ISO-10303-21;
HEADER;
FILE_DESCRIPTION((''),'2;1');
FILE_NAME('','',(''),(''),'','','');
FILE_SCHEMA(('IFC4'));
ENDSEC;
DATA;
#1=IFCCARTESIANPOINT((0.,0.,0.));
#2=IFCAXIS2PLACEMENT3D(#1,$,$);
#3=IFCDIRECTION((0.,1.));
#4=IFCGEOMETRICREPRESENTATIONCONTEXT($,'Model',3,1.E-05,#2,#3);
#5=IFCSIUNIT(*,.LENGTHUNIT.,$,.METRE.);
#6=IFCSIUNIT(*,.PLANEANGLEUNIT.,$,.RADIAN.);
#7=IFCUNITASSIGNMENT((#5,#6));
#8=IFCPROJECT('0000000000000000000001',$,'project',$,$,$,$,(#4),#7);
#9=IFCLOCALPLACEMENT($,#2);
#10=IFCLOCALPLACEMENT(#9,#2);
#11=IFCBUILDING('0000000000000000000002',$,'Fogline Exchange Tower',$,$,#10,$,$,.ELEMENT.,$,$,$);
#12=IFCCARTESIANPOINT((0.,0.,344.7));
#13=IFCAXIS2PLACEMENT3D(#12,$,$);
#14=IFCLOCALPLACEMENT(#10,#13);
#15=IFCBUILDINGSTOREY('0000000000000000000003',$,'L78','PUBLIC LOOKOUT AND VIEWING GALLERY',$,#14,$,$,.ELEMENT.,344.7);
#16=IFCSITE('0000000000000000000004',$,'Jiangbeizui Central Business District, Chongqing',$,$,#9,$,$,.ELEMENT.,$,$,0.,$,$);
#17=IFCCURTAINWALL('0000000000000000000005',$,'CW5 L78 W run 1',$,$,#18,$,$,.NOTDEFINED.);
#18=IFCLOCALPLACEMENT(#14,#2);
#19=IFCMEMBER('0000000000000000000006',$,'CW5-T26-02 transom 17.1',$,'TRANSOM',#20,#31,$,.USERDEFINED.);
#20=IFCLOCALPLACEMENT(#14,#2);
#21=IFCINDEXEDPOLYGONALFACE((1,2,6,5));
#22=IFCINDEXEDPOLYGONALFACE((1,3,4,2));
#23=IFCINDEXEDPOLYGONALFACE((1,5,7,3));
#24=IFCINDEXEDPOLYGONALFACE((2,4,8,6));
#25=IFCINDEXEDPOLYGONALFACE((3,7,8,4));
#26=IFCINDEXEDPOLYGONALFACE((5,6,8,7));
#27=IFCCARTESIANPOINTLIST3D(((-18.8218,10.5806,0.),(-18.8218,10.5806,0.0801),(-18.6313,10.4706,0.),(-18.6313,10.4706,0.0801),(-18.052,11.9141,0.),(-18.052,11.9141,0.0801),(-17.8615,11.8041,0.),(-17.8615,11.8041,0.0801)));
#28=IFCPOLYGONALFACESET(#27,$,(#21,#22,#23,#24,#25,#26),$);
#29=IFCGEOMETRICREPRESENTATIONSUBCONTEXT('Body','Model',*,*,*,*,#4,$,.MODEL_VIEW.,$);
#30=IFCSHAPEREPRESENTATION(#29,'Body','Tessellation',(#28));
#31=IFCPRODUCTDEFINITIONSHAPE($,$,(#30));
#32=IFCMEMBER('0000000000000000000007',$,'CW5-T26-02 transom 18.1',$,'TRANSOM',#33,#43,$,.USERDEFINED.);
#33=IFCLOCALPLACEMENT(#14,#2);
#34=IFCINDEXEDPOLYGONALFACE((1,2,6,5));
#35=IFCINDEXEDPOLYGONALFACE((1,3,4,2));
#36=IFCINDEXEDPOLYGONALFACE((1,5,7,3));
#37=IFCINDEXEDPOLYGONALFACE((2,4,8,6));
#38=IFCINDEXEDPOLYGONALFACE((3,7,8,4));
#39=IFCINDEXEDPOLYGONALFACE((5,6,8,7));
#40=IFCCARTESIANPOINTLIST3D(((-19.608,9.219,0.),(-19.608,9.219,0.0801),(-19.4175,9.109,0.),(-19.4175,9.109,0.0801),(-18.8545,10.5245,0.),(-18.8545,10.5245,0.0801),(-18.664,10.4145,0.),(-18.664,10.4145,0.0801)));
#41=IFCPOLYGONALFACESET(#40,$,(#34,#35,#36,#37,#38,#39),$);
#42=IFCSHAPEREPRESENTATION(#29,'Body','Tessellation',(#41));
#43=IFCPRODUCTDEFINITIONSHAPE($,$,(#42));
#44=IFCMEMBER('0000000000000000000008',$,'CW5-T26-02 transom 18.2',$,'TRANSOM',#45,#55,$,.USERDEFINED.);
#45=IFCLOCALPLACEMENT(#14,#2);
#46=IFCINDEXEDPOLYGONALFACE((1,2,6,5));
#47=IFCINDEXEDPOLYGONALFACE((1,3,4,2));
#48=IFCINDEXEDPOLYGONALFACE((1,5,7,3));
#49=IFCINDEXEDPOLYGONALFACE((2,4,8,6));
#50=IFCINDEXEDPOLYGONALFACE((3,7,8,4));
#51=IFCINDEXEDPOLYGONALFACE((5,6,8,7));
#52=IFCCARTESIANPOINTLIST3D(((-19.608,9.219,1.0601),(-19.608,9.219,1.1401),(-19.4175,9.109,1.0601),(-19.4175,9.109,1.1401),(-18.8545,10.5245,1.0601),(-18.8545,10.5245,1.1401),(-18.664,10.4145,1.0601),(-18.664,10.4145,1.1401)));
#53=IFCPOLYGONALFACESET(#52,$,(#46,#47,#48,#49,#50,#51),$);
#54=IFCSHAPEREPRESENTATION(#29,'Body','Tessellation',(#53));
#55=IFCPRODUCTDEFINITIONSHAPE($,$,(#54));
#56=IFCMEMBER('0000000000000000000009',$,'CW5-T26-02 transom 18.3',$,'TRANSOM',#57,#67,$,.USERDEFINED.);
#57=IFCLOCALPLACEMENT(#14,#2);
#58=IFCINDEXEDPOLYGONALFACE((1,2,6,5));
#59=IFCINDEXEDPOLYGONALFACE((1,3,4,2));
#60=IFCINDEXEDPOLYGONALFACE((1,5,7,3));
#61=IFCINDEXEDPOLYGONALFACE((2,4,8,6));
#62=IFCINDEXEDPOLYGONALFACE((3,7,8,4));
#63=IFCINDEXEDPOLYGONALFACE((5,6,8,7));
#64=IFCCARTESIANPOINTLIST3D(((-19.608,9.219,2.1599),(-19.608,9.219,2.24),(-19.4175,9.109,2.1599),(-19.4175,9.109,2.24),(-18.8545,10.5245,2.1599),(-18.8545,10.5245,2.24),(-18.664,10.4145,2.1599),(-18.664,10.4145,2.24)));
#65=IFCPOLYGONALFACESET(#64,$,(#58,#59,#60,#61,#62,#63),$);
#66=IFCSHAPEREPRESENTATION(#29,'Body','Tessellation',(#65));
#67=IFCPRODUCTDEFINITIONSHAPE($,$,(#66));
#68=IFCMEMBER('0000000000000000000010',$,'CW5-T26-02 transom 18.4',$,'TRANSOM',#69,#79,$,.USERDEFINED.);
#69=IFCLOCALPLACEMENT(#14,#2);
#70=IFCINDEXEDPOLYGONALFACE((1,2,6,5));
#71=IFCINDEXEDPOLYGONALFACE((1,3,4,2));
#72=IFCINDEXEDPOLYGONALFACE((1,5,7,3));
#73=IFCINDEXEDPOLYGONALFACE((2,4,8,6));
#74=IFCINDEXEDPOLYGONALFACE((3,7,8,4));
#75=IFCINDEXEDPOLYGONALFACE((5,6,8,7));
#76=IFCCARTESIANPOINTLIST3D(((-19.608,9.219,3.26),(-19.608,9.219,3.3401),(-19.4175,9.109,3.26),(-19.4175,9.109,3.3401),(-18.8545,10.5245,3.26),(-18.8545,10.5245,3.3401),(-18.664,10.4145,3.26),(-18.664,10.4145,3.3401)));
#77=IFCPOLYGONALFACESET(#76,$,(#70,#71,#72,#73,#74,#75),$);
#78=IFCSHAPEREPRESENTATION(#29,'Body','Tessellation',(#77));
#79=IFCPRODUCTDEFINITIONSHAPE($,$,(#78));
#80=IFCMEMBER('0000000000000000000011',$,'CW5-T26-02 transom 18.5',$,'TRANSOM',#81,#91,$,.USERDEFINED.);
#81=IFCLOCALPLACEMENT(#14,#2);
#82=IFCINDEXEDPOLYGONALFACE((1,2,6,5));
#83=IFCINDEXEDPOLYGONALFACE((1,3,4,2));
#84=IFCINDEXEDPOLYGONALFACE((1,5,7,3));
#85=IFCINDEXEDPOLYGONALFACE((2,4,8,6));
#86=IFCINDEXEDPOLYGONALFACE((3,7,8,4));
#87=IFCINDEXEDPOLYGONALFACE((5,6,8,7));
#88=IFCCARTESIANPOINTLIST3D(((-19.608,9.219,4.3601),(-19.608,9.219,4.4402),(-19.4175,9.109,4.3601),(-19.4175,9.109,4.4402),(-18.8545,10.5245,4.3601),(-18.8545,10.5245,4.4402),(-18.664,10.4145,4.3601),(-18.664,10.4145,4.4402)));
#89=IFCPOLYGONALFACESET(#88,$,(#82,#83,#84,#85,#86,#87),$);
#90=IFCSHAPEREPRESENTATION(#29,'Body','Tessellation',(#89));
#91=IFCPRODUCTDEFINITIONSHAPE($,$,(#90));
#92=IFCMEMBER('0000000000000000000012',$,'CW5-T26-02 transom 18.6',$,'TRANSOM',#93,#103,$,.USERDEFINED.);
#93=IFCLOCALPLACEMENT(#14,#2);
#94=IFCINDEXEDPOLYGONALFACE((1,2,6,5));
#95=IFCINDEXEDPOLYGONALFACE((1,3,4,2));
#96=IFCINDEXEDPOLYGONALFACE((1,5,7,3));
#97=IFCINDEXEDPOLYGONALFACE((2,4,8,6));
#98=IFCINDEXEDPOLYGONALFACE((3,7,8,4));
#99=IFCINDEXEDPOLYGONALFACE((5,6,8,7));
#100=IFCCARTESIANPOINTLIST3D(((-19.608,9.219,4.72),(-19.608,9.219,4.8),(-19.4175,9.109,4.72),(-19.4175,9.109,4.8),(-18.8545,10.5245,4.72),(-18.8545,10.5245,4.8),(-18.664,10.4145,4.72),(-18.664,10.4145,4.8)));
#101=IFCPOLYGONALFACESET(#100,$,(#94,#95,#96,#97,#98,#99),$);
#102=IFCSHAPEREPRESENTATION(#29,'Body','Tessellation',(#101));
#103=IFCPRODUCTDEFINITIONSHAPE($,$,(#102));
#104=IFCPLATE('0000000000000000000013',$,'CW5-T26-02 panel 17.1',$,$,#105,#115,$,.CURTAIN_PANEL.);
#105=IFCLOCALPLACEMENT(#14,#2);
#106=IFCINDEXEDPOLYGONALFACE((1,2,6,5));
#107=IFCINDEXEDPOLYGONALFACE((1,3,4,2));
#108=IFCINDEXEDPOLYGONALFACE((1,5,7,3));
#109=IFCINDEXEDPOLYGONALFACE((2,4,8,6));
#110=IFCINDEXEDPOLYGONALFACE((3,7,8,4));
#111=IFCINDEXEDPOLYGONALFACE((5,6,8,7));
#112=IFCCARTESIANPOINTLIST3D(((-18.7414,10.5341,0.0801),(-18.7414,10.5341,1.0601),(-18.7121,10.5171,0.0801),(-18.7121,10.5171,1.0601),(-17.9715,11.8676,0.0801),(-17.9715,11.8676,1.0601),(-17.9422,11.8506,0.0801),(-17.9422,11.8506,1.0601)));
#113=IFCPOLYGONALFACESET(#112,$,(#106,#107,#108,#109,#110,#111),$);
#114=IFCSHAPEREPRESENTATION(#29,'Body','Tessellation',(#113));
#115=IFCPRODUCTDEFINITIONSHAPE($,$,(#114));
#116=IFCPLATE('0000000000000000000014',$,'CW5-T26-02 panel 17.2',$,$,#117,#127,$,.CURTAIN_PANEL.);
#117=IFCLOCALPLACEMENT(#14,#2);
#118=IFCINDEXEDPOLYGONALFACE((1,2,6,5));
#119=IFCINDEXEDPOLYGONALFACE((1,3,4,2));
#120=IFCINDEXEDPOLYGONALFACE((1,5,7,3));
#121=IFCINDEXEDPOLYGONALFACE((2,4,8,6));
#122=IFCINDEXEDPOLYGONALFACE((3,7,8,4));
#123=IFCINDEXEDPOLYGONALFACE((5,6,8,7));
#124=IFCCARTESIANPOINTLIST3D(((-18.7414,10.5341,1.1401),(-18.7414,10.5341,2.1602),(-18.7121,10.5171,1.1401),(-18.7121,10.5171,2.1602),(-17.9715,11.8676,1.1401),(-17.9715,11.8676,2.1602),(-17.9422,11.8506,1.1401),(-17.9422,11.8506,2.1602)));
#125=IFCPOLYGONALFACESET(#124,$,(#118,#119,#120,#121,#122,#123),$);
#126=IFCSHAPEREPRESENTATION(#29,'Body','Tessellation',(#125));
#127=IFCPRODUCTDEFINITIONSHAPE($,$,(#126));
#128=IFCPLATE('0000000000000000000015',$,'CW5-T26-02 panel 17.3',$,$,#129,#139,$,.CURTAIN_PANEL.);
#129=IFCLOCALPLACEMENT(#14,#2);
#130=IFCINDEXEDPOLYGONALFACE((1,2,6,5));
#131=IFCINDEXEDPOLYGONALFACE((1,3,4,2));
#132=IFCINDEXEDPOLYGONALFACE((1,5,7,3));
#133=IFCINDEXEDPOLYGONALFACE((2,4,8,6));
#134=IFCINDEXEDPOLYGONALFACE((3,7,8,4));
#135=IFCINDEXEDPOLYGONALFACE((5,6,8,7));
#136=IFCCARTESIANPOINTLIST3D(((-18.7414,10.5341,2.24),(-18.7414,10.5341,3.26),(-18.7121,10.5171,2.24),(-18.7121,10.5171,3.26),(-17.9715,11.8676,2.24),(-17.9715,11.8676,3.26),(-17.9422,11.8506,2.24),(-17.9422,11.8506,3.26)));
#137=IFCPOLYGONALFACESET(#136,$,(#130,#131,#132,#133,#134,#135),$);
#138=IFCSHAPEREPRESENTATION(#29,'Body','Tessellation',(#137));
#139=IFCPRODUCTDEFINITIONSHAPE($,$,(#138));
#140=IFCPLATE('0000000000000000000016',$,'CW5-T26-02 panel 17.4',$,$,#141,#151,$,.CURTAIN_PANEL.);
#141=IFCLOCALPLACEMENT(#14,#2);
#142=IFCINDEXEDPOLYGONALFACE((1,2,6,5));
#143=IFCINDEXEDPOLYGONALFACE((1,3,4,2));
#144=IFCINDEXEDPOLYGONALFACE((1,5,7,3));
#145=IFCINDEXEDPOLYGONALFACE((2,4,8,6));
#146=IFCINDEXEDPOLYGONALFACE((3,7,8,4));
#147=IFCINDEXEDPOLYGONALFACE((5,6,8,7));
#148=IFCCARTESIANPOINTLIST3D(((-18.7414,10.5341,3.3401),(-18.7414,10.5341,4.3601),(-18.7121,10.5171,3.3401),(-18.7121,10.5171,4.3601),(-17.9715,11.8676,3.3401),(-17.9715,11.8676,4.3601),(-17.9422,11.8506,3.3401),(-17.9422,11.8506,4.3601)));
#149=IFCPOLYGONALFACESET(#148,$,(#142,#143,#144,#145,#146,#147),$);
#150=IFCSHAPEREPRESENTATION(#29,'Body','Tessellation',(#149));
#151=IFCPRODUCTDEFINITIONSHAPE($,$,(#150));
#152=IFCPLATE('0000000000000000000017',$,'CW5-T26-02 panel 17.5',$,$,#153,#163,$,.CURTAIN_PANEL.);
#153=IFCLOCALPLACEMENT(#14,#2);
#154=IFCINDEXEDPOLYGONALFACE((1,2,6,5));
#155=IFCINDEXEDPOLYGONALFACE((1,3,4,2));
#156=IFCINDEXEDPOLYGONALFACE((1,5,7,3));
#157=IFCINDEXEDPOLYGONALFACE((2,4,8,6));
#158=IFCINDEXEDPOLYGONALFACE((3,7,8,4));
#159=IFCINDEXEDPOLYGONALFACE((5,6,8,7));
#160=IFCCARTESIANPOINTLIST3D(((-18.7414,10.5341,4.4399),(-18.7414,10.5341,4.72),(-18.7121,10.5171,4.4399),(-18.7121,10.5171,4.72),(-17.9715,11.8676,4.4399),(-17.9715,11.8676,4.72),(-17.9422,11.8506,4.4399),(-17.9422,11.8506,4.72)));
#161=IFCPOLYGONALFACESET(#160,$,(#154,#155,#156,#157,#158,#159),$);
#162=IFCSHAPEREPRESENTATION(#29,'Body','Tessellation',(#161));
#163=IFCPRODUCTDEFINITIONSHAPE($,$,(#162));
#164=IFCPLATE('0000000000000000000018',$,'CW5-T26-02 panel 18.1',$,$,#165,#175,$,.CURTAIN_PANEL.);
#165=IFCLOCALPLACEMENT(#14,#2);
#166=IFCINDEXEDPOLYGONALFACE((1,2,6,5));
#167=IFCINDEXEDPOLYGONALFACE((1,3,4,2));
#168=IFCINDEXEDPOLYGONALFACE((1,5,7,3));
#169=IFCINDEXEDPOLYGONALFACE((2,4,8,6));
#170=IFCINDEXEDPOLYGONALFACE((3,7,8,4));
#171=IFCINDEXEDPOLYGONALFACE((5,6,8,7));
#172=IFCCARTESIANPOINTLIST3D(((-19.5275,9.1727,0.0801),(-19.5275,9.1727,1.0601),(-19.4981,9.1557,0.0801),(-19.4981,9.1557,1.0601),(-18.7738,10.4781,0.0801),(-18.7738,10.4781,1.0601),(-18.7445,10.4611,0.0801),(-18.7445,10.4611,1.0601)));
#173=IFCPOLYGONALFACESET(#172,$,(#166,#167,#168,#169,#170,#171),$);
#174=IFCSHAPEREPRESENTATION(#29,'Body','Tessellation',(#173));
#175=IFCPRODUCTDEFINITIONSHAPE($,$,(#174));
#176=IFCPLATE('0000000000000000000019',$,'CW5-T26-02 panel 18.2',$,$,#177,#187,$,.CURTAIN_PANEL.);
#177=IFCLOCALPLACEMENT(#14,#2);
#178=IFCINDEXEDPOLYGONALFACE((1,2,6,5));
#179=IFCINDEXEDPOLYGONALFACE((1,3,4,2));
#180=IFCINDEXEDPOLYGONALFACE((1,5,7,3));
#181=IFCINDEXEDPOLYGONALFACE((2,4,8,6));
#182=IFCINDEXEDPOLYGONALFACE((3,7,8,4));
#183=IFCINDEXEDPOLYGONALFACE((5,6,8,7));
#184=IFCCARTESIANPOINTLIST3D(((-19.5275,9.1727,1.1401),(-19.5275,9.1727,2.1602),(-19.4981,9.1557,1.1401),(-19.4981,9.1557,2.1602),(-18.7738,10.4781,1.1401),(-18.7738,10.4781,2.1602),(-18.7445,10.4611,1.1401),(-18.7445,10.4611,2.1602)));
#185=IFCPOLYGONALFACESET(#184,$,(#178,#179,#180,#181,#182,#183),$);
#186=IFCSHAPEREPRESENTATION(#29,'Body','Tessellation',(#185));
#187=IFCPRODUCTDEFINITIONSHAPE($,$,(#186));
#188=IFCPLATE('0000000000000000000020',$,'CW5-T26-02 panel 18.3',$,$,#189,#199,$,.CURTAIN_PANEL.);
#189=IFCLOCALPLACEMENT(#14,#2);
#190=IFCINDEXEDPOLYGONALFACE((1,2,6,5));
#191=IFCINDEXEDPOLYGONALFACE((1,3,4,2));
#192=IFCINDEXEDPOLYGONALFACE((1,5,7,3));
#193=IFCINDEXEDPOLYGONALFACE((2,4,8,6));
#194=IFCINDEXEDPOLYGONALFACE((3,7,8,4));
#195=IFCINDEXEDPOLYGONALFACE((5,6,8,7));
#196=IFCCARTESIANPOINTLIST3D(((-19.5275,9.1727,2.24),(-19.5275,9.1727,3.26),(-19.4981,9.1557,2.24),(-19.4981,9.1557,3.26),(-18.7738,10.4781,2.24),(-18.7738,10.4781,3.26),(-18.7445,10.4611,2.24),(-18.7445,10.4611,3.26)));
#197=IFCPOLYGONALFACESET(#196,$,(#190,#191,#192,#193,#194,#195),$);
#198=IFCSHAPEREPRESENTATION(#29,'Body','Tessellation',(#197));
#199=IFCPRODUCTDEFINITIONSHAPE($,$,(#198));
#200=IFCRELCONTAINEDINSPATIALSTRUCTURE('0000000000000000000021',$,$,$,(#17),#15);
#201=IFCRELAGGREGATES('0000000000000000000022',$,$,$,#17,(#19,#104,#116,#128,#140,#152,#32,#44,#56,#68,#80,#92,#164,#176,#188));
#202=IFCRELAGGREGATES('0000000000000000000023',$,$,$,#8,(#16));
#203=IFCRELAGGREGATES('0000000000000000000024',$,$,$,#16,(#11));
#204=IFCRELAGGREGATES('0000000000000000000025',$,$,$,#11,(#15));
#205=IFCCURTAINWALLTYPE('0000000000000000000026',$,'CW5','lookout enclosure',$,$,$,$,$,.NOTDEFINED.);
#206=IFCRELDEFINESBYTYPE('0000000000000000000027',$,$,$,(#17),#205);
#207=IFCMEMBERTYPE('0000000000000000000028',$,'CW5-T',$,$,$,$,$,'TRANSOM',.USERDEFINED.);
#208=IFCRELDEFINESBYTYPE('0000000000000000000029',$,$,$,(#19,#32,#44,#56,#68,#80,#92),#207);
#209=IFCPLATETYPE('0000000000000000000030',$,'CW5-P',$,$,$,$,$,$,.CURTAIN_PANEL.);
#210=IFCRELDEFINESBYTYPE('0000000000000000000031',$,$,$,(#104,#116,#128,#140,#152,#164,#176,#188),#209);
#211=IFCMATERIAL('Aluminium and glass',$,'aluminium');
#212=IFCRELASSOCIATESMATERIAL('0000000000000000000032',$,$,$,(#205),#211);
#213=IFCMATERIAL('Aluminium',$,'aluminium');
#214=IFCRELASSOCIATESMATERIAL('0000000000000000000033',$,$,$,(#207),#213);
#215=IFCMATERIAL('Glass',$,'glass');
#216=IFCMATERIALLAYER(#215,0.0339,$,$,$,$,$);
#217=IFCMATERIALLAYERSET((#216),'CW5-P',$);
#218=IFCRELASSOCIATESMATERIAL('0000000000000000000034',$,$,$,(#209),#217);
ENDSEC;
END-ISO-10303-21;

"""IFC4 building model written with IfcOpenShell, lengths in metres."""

from ifc_helpers import new_model, si_unit, direction, frame, origin, origin_2d, place, context, subcontext, project, spatial, rectangle, extrude, material, layer, layer_set, material_profile, profile_set, type_object, element, aggregate, save


model = new_model("IFC4")

# Units and contexts
model_context = context("Model", 3, precision=1e-05, world=origin(), true_north=direction((0.0, 1.0)))
body_context = subcontext(model_context, "Body", "Model", "MODEL_VIEW")
ifc_project = project(units=[si_unit("LENGTHUNIT", "METRE"), si_unit("PLANEANGLEUNIT", "RADIAN")], contexts=[model_context])

# Site, building, storey
site_placement = place(None, origin())
site = spatial("IfcSite", under=ifc_project, at=site_placement, Name="Jiangbeizui Central Business District, Chongqing", CompositionType="ELEMENT", RefElevation=0.0)
building_placement = place(site_placement, origin())
building = spatial("IfcBuilding", under=site, at=building_placement, Name="Fogline Exchange Tower", CompositionType="ELEMENT")
storey_placement = place(building_placement, frame((0.0, 0.0, 344.7)))
storey = spatial("IfcBuildingStorey", under=building, at=storey_placement, Name="L78", Description="PUBLIC LOOKOUT AND VIEWING GALLERY", CompositionType="ELEMENT", Elevation=344.7)

# Curtain wall, members, plates
ifc_material_1 = material(Name="Aluminium and glass", Category="aluminium")
curtain_wall_type = type_object("IfcCurtainWallType", Name="CW5", Description="lookout enclosure", PredefinedType="NOTDEFINED", material=ifc_material_1)
curtain_wall_placement = place(storey_placement, origin())
curtain_wall = element("IfcCurtainWall", 1, at=curtain_wall_placement, inside=storey, type_object=curtain_wall_type, Name="CW5 L78 W run 1", PredefinedType="NOTDEFINED")
ifc_material_2 = material(Name="Aluminium", Category="aluminium")
ifc_material_profile_1 = material_profile(ifc_material_2, rectangle(XDim=0.22, YDim=0.0801, at=origin_2d()), Name="Transom 80x220")
ifc_profile_set_1 = profile_set([ifc_material_profile_1], Name="Aluminium")
member_type_1 = type_object("IfcMemberType", Name="CW5-T", ElementType="TRANSOM", PredefinedType="USERDEFINED", material=ifc_profile_set_1)
member_1_placement = place(storey_placement, frame((-17.9568, 11.8591, 0.04), z_axis=(-0.499942, -0.866059, 0.0), x_axis=(0.866059, -0.499942, 0.0)))
member_1 = element("IfcMember", 2, at=member_1_placement, type_object=member_type_1, Name="CW5-T26-02 transom 17.1", ObjectType="TRANSOM", PredefinedType="USERDEFINED", context=body_context, shape_type="SweptSolid", body=[
    extrude(rectangle(XDim=0.22, YDim=0.0801, at=origin_2d()), origin(), (0.0, 0.0, 1.0), 1.5398),
])
member_2_placement = place(storey_placement, frame((-18.7593, 10.4695, 0.04), z_axis=(-0.499867, -0.866102, 0.0), x_axis=(0.866102, -0.499867, 0.0)))
member_2 = element("IfcMember", 3, at=member_2_placement, type_object=member_type_1, Name="CW5-T26-02 transom 18.1", ObjectType="TRANSOM", PredefinedType="USERDEFINED", context=body_context, shape_type="SweptSolid", body=[
    extrude(rectangle(XDim=0.22, YDim=0.0801, at=origin_2d()), origin(), (0.0, 0.0, 1.0), 1.5073),
])
member_3_placement = place(storey_placement, frame((-18.7593, 10.4695, 1.1001), z_axis=(-0.499867, -0.866102, 0.0), x_axis=(0.866102, -0.499867, 0.0)))
member_3 = element("IfcMember", 4, at=member_3_placement, type_object=member_type_1, Name="CW5-T26-02 transom 18.2", ObjectType="TRANSOM", PredefinedType="USERDEFINED", context=body_context, shape_type="SweptSolid", body=[
    extrude(rectangle(XDim=0.22, YDim=0.0801, at=origin_2d()), origin(), (0.0, 0.0, 1.0), 1.5073),
])
member_4_placement = place(storey_placement, frame((-18.7593, 10.4695, 2.2), z_axis=(-0.499867, -0.866102, 0.0), x_axis=(0.866102, -0.499867, 0.0)))
member_4 = element("IfcMember", 5, at=member_4_placement, type_object=member_type_1, Name="CW5-T26-02 transom 18.3", ObjectType="TRANSOM", PredefinedType="USERDEFINED", context=body_context, shape_type="SweptSolid", body=[
    extrude(rectangle(XDim=0.22, YDim=0.0801, at=origin_2d()), origin(), (0.0, 0.0, 1.0), 1.5073),
])
member_5_placement = place(storey_placement, frame((-18.7593, 10.4695, 3.3), z_axis=(-0.499867, -0.866102, 0.0), x_axis=(0.866102, -0.499867, 0.0)))
member_5 = element("IfcMember", 6, at=member_5_placement, type_object=member_type_1, Name="CW5-T26-02 transom 18.4", ObjectType="TRANSOM", PredefinedType="USERDEFINED", context=body_context, shape_type="SweptSolid", body=[
    extrude(rectangle(XDim=0.22, YDim=0.0801, at=origin_2d()), origin(), (0.0, 0.0, 1.0), 1.5073),
])
member_6_placement = place(storey_placement, frame((-18.7593, 10.4695, 4.4001), z_axis=(-0.499867, -0.866102, 0.0), x_axis=(0.866102, -0.499867, 0.0)))
member_6 = element("IfcMember", 7, at=member_6_placement, type_object=member_type_1, Name="CW5-T26-02 transom 18.5", ObjectType="TRANSOM", PredefinedType="USERDEFINED", context=body_context, shape_type="SweptSolid", body=[
    extrude(rectangle(XDim=0.22, YDim=0.0801, at=origin_2d()), origin(), (0.0, 0.0, 1.0), 1.5073),
])
member_7_placement = place(storey_placement, frame((-18.7593, 10.4695, 4.76), z_axis=(-0.499867, -0.866102, 0.0), x_axis=(0.866102, -0.499867, 0.0)))
member_7 = element("IfcMember", 8, at=member_7_placement, type_object=member_type_1, Name="CW5-T26-02 transom 18.6", ObjectType="TRANSOM", PredefinedType="USERDEFINED", context=body_context, shape_type="SweptSolid", body=[
    extrude(rectangle(XDim=0.22, YDim=0.0801, at=origin_2d()), origin(), (0.0, 0.0, 1.0), 1.5073),
])
ifc_material_3 = material(Name="Glass", Category="glass")
ifc_layer_1 = layer(ifc_material_3, 0.0339)
ifc_layer_set_1 = layer_set([ifc_layer_1], Name="CW5-P")
plate_type = type_object("IfcPlateType", Name="CW5-P", PredefinedType="CURTAIN_PANEL", material=ifc_layer_set_1)
plate_1_placement = place(storey_placement, frame((-18.3418, 11.1924, 0.0801), z_axis=(0.0, 0.0, 1.0), x_axis=(-0.5, -0.866025, 0.0)))
plate_1 = element("IfcPlate", 9, at=plate_1_placement, type_object=plate_type, Name="CW5-T26-02 panel 17.1", PredefinedType="CURTAIN_PANEL", context=body_context, shape_type="SweptSolid", body=[
    extrude(rectangle(XDim=1.5398, YDim=0.0339, at=origin_2d()), origin(), (0.0, 0.0, 1.0), 0.98),
])
plate_2_placement = place(storey_placement, frame((-18.3418, 11.1924, 1.1401), z_axis=(0.0, 0.0, 1.0), x_axis=(-0.5, -0.866025, 0.0)))
plate_2 = element("IfcPlate", 10, at=plate_2_placement, type_object=plate_type, Name="CW5-T26-02 panel 17.2", PredefinedType="CURTAIN_PANEL", context=body_context, shape_type="SweptSolid", body=[
    extrude(rectangle(XDim=1.5398, YDim=0.0339, at=origin_2d()), origin(), (0.0, 0.0, 1.0), 1.02),
])
plate_3_placement = place(storey_placement, frame((-18.3418, 11.1924, 2.24), z_axis=(0.0, 0.0, 1.0), x_axis=(-0.5, -0.866025, 0.0)))
plate_3 = element("IfcPlate", 11, at=plate_3_placement, type_object=plate_type, Name="CW5-T26-02 panel 17.3", PredefinedType="CURTAIN_PANEL", context=body_context, shape_type="SweptSolid", body=[
    extrude(rectangle(XDim=1.5398, YDim=0.0339, at=origin_2d()), origin(), (0.0, 0.0, 1.0), 1.02),
])
plate_4_placement = place(storey_placement, frame((-18.3418, 11.1924, 3.3401), z_axis=(0.0, 0.0, 1.0), x_axis=(-0.5, -0.866025, 0.0)))
plate_4 = element("IfcPlate", 12, at=plate_4_placement, type_object=plate_type, Name="CW5-T26-02 panel 17.4", PredefinedType="CURTAIN_PANEL", context=body_context, shape_type="SweptSolid", body=[
    extrude(rectangle(XDim=1.5398, YDim=0.0339, at=origin_2d()), origin(), (0.0, 0.0, 1.0), 1.02),
])
plate_5_placement = place(storey_placement, frame((-18.3418, 11.1924, 4.4399), z_axis=(0.0, 0.0, 1.0), x_axis=(-0.5, -0.866025, 0.0)))
plate_5 = element("IfcPlate", 13, at=plate_5_placement, type_object=plate_type, Name="CW5-T26-02 panel 17.5", PredefinedType="CURTAIN_PANEL", context=body_context, shape_type="SweptSolid", body=[
    extrude(rectangle(XDim=1.5398, YDim=0.0339, at=origin_2d()), origin(), (0.0, 0.0, 1.0), 0.28),
])
plate_6_placement = place(storey_placement, frame((-19.136, 9.8169, 0.0801), z_axis=(0.0, 0.0, 1.0), x_axis=(-0.5, -0.866025, 0.0)))
plate_6 = element("IfcPlate", 14, at=plate_6_placement, type_object=plate_type, Name="CW5-T26-02 panel 18.1", PredefinedType="CURTAIN_PANEL", context=body_context, shape_type="SweptSolid", body=[
    extrude(rectangle(XDim=1.5073, YDim=0.0339, at=origin_2d()), origin(), (0.0, 0.0, 1.0), 0.98),
])
plate_7_placement = place(storey_placement, frame((-19.136, 9.8169, 1.1401), z_axis=(0.0, 0.0, 1.0), x_axis=(-0.5, -0.866025, 0.0)))
plate_7 = element("IfcPlate", 15, at=plate_7_placement, type_object=plate_type, Name="CW5-T26-02 panel 18.2", PredefinedType="CURTAIN_PANEL", context=body_context, shape_type="SweptSolid", body=[
    extrude(rectangle(XDim=1.5073, YDim=0.0339, at=origin_2d()), origin(), (0.0, 0.0, 1.0), 1.02),
])
plate_8_placement = place(storey_placement, frame((-19.136, 9.8169, 2.24), z_axis=(0.0, 0.0, 1.0), x_axis=(-0.5, -0.866025, 0.0)))
plate_8 = element("IfcPlate", 16, at=plate_8_placement, type_object=plate_type, Name="CW5-T26-02 panel 18.3", PredefinedType="CURTAIN_PANEL", context=body_context, shape_type="SweptSolid", body=[
    extrude(rectangle(XDim=1.5073, YDim=0.0339, at=origin_2d()), origin(), (0.0, 0.0, 1.0), 1.02),
])
aggregate(curtain_wall, [member_1, plate_1, plate_2, plate_3, plate_4, plate_5, member_2, member_3, member_4, member_5, member_6, member_7, plate_6, plate_7, plate_8])

save(model, "model.ifc")
